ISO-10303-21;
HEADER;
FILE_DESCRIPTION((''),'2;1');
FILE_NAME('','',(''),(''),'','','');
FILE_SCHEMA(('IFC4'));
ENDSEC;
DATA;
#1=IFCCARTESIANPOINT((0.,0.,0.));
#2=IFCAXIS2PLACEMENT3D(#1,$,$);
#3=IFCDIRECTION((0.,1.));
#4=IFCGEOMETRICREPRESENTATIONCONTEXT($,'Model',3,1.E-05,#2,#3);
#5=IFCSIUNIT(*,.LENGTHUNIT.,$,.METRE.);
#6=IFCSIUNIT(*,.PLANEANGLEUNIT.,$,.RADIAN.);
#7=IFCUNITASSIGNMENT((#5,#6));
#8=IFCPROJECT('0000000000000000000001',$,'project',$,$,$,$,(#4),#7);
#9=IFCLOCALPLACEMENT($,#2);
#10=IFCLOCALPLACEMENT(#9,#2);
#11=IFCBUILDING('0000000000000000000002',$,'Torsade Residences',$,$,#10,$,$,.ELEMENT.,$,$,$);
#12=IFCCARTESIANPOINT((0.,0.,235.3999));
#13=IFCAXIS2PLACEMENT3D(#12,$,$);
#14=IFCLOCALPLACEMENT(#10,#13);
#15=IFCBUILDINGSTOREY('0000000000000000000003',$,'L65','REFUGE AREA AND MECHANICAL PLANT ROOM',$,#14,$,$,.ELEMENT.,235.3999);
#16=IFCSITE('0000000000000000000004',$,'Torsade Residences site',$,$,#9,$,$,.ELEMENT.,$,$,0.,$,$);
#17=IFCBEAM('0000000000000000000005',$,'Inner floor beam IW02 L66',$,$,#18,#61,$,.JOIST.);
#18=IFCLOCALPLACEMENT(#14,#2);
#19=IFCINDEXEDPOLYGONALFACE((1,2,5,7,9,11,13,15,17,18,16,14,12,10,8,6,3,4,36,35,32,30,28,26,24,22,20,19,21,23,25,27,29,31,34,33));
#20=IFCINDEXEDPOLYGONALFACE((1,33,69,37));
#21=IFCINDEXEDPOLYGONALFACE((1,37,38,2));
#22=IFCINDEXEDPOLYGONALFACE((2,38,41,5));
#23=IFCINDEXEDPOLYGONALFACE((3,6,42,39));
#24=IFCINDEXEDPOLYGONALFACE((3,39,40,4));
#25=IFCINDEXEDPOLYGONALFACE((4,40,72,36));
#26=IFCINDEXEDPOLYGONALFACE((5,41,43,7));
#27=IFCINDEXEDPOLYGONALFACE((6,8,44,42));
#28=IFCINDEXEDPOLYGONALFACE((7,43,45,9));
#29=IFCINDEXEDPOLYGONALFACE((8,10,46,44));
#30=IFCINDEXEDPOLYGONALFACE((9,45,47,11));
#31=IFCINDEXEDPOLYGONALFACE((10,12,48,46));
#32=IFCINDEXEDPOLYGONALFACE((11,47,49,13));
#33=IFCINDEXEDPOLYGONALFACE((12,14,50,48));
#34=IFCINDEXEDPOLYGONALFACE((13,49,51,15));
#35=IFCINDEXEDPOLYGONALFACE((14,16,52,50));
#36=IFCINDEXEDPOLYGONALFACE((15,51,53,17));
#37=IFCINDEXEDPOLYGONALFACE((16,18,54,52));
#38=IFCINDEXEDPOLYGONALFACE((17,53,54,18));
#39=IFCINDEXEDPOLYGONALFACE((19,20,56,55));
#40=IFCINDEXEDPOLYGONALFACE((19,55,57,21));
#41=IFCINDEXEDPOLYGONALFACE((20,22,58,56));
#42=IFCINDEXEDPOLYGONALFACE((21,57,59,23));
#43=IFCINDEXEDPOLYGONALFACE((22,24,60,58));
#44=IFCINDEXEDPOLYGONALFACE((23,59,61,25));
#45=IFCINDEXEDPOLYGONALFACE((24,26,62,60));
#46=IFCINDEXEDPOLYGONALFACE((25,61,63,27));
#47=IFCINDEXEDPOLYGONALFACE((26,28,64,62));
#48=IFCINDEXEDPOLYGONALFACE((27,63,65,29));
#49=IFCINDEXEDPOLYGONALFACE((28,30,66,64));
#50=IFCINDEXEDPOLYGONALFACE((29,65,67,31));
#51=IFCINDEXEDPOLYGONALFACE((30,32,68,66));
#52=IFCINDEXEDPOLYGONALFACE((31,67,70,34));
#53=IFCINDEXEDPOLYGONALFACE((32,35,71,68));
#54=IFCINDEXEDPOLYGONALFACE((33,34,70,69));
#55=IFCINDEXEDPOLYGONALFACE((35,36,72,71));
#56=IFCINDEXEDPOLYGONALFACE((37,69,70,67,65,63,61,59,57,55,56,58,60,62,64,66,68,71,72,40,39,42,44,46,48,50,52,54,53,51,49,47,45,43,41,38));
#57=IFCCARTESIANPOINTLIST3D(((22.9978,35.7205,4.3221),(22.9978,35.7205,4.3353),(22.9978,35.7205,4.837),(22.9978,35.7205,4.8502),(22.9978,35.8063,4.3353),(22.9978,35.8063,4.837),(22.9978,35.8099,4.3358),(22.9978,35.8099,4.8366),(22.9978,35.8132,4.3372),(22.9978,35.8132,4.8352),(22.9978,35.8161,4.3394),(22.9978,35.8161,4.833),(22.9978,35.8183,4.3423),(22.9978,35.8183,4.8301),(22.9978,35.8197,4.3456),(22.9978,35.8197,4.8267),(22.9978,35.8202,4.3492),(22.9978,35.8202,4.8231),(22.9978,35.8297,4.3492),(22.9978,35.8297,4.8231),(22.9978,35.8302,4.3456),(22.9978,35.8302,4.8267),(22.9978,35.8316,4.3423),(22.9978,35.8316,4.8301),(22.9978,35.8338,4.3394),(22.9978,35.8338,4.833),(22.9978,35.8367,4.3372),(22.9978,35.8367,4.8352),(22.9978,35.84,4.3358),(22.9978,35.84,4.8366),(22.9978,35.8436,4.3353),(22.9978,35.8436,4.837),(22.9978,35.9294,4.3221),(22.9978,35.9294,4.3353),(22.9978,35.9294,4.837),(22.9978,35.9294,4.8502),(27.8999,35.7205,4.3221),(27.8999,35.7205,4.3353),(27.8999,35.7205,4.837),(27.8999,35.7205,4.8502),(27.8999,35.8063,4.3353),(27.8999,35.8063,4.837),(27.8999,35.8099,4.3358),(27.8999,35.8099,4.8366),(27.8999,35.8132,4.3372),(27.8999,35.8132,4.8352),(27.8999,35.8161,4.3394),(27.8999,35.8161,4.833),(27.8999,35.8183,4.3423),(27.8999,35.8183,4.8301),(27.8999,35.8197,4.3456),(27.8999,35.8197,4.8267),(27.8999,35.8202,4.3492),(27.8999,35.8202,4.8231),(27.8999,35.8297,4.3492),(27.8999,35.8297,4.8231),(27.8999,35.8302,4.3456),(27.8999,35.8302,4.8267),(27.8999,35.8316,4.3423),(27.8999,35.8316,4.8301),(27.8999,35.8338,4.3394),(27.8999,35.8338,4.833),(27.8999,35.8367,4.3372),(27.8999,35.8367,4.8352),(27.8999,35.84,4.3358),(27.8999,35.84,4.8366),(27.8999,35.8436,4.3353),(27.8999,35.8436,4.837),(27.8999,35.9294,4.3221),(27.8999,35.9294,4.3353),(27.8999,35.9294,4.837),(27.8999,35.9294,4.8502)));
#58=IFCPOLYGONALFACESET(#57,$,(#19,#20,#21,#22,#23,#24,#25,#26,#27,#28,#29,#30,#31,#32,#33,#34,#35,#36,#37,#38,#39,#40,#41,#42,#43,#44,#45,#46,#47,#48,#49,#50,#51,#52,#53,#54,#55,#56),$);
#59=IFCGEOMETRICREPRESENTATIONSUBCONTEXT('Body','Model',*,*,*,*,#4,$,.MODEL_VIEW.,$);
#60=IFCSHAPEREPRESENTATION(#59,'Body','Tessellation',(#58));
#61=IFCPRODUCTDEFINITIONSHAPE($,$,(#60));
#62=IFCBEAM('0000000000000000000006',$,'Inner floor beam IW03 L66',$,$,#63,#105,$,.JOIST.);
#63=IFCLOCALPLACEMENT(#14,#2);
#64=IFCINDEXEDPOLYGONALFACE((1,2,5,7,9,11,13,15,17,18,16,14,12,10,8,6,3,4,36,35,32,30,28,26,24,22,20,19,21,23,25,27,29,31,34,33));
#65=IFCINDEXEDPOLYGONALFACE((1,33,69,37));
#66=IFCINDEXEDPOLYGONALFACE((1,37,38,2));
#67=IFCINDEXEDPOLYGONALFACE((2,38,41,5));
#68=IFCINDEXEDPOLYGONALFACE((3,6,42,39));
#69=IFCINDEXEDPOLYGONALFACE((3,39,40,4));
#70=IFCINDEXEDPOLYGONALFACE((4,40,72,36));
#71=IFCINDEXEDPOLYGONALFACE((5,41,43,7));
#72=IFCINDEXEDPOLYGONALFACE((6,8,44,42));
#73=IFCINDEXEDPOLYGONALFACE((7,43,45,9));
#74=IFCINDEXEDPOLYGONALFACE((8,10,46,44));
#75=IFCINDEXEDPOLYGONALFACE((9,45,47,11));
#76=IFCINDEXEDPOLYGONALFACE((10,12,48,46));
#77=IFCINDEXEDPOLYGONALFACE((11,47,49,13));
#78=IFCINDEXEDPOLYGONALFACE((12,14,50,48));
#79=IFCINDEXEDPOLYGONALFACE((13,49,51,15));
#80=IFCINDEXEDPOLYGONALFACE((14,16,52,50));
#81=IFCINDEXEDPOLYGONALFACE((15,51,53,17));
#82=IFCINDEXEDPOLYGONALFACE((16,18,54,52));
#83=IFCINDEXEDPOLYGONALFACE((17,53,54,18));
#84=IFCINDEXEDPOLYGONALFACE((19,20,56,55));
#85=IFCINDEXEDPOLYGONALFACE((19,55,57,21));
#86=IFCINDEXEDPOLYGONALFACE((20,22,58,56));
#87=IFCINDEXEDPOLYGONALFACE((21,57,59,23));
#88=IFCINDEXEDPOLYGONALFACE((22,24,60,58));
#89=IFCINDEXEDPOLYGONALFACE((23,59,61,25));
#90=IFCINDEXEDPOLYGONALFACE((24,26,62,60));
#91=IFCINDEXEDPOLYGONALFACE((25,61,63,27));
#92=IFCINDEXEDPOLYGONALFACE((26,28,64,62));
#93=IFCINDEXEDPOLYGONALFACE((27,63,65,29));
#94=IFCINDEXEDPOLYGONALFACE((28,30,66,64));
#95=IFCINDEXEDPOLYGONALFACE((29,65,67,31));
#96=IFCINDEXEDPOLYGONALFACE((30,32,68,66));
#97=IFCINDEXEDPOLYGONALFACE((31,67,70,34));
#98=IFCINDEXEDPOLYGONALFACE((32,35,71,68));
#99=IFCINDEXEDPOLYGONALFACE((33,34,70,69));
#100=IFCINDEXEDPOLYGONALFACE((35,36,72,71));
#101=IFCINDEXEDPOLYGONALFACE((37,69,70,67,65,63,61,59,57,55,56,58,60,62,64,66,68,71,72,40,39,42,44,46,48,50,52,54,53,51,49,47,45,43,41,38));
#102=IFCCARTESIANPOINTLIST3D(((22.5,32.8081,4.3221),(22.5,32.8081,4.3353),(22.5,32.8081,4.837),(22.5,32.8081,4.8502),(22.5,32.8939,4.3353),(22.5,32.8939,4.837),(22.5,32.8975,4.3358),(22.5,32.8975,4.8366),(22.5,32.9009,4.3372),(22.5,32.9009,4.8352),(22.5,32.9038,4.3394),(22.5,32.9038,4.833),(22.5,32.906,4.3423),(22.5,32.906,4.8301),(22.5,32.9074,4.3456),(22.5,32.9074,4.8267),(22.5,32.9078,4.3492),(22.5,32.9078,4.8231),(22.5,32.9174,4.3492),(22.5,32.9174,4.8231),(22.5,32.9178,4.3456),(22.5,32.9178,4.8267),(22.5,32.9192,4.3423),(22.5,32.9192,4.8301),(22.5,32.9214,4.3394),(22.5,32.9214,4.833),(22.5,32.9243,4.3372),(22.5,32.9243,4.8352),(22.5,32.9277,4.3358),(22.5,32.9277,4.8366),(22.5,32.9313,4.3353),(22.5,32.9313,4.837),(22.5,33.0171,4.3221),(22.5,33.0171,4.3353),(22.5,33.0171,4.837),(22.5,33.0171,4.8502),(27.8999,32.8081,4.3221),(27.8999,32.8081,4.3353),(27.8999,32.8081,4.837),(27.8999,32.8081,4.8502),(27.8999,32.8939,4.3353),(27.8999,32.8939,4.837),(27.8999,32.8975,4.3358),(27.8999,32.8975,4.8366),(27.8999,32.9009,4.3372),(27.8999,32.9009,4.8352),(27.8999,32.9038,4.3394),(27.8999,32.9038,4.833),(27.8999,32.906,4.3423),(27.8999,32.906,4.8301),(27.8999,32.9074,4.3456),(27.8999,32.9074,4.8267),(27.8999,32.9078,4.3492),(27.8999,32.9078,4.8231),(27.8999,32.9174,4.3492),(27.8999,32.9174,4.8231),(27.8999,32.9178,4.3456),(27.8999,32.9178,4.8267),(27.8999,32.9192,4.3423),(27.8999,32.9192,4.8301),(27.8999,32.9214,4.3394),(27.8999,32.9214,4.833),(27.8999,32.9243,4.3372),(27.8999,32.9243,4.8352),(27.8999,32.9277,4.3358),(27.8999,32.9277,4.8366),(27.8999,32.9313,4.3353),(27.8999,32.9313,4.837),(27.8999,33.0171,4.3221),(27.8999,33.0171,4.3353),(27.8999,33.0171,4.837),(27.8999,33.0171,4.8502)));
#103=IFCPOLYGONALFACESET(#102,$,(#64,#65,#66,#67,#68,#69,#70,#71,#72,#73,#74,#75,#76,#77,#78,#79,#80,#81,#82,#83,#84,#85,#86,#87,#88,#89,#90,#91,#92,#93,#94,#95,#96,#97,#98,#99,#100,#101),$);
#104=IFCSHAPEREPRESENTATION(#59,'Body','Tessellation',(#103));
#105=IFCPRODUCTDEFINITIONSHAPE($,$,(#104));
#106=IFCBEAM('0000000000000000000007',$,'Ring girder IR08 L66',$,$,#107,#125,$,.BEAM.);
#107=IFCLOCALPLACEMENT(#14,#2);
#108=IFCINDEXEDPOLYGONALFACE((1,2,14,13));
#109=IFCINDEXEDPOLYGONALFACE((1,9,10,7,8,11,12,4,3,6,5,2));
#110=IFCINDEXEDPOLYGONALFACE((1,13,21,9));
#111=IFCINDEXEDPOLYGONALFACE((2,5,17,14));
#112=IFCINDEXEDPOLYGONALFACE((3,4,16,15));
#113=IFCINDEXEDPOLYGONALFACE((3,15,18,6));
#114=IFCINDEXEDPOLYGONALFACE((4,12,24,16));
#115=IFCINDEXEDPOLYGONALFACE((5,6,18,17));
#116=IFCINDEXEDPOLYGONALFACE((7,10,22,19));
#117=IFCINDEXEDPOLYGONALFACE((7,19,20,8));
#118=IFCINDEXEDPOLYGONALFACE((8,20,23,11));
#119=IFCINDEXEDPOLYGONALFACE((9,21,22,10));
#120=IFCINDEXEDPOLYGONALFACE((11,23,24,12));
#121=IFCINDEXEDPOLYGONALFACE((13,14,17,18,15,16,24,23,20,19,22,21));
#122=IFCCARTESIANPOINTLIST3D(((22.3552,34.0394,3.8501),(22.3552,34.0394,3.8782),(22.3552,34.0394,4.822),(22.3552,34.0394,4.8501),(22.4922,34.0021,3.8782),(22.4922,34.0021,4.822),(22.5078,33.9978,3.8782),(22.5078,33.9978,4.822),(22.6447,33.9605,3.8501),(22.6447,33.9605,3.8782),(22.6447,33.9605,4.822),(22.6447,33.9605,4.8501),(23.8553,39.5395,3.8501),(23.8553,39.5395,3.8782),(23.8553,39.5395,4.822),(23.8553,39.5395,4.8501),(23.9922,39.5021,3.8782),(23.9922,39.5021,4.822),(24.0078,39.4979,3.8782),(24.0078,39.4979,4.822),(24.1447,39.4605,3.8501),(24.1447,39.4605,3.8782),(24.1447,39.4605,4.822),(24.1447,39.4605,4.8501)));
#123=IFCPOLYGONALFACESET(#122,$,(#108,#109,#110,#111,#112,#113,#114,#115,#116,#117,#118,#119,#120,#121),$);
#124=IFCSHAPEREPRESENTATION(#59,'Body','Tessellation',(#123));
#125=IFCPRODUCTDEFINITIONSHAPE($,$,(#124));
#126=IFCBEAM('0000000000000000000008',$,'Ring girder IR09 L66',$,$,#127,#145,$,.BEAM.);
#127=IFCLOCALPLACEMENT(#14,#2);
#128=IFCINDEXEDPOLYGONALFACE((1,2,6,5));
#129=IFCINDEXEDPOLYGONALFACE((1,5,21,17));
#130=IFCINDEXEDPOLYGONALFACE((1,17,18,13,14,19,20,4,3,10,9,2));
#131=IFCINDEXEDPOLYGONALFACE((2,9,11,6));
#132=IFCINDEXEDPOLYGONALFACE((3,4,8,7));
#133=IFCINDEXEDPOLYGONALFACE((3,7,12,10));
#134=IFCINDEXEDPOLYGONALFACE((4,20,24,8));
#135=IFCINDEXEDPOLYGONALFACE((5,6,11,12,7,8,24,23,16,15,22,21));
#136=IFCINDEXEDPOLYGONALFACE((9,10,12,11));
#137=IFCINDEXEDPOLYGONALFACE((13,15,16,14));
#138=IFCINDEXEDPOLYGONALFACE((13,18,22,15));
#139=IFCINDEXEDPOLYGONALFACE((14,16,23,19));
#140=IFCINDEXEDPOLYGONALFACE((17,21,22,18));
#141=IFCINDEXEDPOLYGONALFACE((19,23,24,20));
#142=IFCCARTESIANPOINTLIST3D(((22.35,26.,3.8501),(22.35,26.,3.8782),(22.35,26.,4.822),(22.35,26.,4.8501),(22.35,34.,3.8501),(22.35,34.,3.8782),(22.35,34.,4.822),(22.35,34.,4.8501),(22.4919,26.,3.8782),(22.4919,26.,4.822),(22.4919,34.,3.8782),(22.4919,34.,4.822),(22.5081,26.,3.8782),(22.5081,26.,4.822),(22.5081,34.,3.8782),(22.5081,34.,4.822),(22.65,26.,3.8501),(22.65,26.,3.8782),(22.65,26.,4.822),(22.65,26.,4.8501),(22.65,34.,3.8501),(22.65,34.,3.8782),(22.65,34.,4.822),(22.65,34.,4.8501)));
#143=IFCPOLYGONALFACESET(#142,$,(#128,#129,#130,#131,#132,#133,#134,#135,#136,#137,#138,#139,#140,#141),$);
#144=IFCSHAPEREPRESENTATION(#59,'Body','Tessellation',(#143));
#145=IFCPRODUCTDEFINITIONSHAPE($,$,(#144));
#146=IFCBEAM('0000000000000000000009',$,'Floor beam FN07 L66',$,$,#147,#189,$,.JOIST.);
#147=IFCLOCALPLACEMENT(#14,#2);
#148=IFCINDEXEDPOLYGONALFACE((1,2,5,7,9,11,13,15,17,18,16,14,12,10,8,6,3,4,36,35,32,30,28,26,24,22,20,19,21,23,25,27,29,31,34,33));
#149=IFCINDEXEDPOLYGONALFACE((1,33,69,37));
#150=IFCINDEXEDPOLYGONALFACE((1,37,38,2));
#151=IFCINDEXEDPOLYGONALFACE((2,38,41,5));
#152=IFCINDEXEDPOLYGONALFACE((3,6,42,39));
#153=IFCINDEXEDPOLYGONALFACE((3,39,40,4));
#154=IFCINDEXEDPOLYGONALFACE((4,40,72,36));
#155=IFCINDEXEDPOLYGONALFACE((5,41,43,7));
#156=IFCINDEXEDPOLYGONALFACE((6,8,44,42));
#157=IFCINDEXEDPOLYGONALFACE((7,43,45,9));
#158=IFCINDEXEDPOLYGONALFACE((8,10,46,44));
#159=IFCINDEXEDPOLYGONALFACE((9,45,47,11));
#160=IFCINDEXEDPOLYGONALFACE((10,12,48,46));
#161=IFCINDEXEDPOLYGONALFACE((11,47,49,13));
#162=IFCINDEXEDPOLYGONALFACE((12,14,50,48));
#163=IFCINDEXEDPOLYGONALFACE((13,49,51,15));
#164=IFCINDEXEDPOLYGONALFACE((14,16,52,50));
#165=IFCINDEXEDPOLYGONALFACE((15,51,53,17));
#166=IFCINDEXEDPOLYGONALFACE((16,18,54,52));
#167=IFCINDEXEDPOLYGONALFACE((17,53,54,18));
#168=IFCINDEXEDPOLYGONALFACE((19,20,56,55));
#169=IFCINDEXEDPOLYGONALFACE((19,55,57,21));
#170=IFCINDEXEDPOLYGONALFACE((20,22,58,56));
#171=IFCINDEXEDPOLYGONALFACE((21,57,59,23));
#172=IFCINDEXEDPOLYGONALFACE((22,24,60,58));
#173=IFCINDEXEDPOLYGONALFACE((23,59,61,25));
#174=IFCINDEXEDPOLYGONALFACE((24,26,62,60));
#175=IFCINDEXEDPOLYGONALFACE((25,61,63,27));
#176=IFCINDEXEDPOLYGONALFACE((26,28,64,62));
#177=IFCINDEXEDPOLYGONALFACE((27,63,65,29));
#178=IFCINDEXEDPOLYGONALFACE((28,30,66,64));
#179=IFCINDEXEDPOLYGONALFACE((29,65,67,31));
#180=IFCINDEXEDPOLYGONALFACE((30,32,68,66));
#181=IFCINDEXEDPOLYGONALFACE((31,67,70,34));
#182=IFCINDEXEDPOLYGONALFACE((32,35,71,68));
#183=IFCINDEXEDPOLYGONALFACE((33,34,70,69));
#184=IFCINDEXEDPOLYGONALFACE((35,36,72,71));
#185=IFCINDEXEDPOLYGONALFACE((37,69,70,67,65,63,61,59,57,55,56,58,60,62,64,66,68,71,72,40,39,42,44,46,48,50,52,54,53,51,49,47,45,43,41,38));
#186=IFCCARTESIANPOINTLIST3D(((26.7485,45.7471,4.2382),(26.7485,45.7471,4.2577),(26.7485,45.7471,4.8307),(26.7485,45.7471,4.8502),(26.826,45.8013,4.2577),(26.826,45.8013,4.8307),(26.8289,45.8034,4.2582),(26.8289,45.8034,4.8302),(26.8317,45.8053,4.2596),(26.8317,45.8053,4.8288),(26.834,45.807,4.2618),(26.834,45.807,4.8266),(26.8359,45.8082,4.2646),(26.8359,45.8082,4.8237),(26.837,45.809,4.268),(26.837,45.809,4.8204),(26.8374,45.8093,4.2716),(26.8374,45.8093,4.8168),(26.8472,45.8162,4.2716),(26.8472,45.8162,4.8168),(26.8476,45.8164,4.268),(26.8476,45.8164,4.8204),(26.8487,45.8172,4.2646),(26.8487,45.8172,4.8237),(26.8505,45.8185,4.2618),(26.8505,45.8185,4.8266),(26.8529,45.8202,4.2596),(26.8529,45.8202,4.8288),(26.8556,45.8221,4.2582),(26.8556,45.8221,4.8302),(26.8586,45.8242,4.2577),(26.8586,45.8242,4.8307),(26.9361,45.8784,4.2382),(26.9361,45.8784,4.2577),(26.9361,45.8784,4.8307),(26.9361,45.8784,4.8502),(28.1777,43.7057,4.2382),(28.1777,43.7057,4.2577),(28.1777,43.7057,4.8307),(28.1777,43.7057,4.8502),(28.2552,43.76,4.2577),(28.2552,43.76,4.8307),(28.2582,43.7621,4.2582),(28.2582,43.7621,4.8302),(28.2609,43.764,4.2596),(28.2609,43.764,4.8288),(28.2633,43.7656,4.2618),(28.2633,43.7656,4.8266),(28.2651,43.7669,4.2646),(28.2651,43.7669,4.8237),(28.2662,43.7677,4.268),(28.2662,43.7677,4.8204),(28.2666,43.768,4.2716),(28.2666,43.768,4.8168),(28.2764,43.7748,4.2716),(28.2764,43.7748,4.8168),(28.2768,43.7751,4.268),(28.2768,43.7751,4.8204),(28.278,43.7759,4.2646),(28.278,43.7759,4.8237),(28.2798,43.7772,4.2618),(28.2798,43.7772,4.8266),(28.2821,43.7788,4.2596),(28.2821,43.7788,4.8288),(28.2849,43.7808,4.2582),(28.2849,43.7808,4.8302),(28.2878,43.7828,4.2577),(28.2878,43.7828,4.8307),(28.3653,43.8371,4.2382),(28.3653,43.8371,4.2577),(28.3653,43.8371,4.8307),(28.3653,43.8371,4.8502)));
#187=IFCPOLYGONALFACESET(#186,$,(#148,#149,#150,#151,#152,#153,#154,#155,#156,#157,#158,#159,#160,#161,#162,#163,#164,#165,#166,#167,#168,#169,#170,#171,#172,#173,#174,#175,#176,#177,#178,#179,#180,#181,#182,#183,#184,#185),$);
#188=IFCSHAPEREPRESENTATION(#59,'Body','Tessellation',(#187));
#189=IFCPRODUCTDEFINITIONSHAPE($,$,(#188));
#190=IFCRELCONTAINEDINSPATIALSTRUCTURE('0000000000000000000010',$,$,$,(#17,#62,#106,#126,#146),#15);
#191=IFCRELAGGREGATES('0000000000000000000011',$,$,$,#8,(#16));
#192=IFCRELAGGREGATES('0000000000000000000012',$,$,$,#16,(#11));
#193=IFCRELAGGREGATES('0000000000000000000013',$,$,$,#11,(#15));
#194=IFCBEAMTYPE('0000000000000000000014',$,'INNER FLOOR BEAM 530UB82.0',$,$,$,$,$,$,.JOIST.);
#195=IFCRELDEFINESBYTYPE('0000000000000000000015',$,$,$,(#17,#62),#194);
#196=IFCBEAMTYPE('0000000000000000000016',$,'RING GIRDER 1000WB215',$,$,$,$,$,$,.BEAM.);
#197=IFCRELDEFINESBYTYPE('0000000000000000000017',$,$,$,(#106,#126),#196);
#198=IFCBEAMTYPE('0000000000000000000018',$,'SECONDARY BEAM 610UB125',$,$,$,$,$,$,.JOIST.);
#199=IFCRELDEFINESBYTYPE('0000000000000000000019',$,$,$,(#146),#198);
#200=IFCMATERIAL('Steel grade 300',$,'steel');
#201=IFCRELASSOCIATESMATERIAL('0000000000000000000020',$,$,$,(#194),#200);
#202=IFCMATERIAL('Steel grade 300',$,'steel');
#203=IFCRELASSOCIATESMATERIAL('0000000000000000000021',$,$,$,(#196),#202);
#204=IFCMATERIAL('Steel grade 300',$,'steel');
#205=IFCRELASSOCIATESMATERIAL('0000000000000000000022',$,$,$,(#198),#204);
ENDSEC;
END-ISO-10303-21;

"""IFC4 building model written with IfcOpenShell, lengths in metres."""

from ifc_helpers import new_model, si_unit, direction, frame, origin, origin_2d, place, context, subcontext, project, spatial, i_section, extrude, material, material_profile, profile_set, type_object, element, save


model = new_model("IFC4")

# Units and contexts
model_context = context("Model", 3, precision=1e-05, world=origin(), true_north=direction((0.0, 1.0)))
body_context = subcontext(model_context, "Body", "Model", "MODEL_VIEW")
ifc_project = project(units=[si_unit("LENGTHUNIT", "METRE"), si_unit("PLANEANGLEUNIT", "RADIAN")], contexts=[model_context])

# Site, building, storey
site_placement = place(None, origin())
site = spatial("IfcSite", under=ifc_project, at=site_placement, Name="Torsade Residences site", CompositionType="ELEMENT", RefElevation=0.0)
building_placement = place(site_placement, origin())
building = spatial("IfcBuilding", under=site, at=building_placement, Name="Torsade Residences", CompositionType="ELEMENT")
storey_placement = place(building_placement, frame((0.0, 0.0, 235.3999)))
storey = spatial("IfcBuildingStorey", under=building, at=storey_placement, Name="L65", Description="REFUGE AREA AND MECHANICAL PLANT ROOM", CompositionType="ELEMENT", Elevation=235.3999)

# Beams
ifc_material_1 = material(Name="Steel grade 300", Category="steel")
ifc_material_profile_1 = material_profile(ifc_material_1, i_section(OverallWidth=0.209, OverallDepth=0.5281, WebThickness=0.0095, FlangeThickness=0.0132, FilletRadius=0.0139, at=origin_2d()), Name="530UB82.0")
ifc_profile_set_1 = profile_set([ifc_material_profile_1], Name="Steel grade 300")
beam_type_1 = type_object("IfcBeamType", Name="INNER FLOOR BEAM 530UB82.0", PredefinedType="JOIST", material=ifc_profile_set_1)
beam_1_placement = place(storey_placement, frame((27.8999, 35.825, 4.5862), z_axis=(-1.0, 0.0, 0.0), x_axis=(0.0, -1.0, 0.0)))
element("IfcBeam", 1, at=beam_1_placement, inside=storey, type_object=beam_type_1, Name="Inner floor beam IW02 L66", PredefinedType="JOIST", context=body_context, shape_type="SweptSolid", body=[
    extrude(i_section(OverallWidth=0.209, OverallDepth=0.5281, WebThickness=0.0095, FlangeThickness=0.0132, FilletRadius=0.0139, at=origin_2d()), origin(), (0.0, 0.0, 1.0), 4.9021),
])
beam_2_placement = place(storey_placement, frame((27.8999, 32.9126, 4.5862), z_axis=(-1.0, 0.0, 0.0), x_axis=(0.0, -1.0, 0.0)))
element("IfcBeam", 2, at=beam_2_placement, inside=storey, type_object=beam_type_1, Name="Inner floor beam IW03 L66", PredefinedType="JOIST", context=body_context, shape_type="SweptSolid", body=[
    extrude(i_section(OverallWidth=0.209, OverallDepth=0.5281, WebThickness=0.0095, FlangeThickness=0.0132, FilletRadius=0.0139, at=origin_2d()), origin(), (0.0, 0.0, 1.0), 5.3999),
])
ifc_material_2 = material(Name="Steel grade 300", Category="steel")
ifc_material_profile_2 = material_profile(ifc_material_2, i_section(OverallWidth=0.3, OverallDepth=1.0, WebThickness=0.0161, FlangeThickness=0.0281, at=origin_2d()), Name="1000WB215")
ifc_profile_set_2 = profile_set([ifc_material_profile_2], Name="Steel grade 300")
beam_type_2 = type_object("IfcBeamType", Name="RING GIRDER 1000WB215", PredefinedType="BEAM", material=ifc_profile_set_2)
beam_3_placement = place(storey_placement, frame((24.0, 39.5, 4.3501), z_axis=(-0.263117, -0.964764, 0.0), x_axis=(0.964764, -0.263117, 0.0)))
element("IfcBeam", 3, at=beam_3_placement, inside=storey, type_object=beam_type_2, Name="Ring girder IR08 L66", PredefinedType="BEAM", context=body_context, shape_type="SweptSolid", body=[
    extrude(i_section(OverallWidth=0.3, OverallDepth=1.0, WebThickness=0.0161, FlangeThickness=0.0281, at=origin_2d()), origin(), (0.0, 0.0, 1.0), 5.7009),
])
beam_4_placement = place(storey_placement, frame((22.5, 34.0, 4.3501), z_axis=(0.0, -1.0, 0.0), x_axis=(1.0, 0.0, 0.0)))
element("IfcBeam", 4, at=beam_4_placement, inside=storey, type_object=beam_type_2, Name="Ring girder IR09 L66", PredefinedType="BEAM", context=body_context, shape_type="SweptSolid", body=[
    extrude(i_section(OverallWidth=0.3, OverallDepth=1.0, WebThickness=0.0161, FlangeThickness=0.0281, at=origin_2d()), origin(), (0.0, 0.0, 1.0), 8.0),
])
ifc_material_3 = material(Name="Steel grade 300", Category="steel")
ifc_material_profile_3 = material_profile(ifc_material_3, i_section(OverallWidth=0.229, OverallDepth=0.6121, WebThickness=0.012, FlangeThickness=0.0195, FilletRadius=0.0139, at=origin_2d()), Name="610UB125")
ifc_profile_set_3 = profile_set([ifc_material_profile_3], Name="Steel grade 300")
beam_type_3 = type_object("IfcBeamType", Name="SECONDARY BEAM 610UB125", PredefinedType="JOIST", material=ifc_profile_set_3)
beam_5_placement = place(storey_placement, frame((26.8423, 45.8127, 4.5442), z_axis=(0.573548, -0.819172, 0.0), x_axis=(0.819172, 0.573548, 0.0)))
element("IfcBeam", 5, at=beam_5_placement, inside=storey, type_object=beam_type_3, Name="Floor beam FN07 L66", PredefinedType="JOIST", context=body_context, shape_type="SweptSolid", body=[
    extrude(i_section(OverallWidth=0.229, OverallDepth=0.6121, WebThickness=0.012, FlangeThickness=0.0195, FilletRadius=0.0139, at=origin_2d()), origin(), (0.0, 0.0, 1.0), 2.4919),
])

save(model, "model.ifc")
